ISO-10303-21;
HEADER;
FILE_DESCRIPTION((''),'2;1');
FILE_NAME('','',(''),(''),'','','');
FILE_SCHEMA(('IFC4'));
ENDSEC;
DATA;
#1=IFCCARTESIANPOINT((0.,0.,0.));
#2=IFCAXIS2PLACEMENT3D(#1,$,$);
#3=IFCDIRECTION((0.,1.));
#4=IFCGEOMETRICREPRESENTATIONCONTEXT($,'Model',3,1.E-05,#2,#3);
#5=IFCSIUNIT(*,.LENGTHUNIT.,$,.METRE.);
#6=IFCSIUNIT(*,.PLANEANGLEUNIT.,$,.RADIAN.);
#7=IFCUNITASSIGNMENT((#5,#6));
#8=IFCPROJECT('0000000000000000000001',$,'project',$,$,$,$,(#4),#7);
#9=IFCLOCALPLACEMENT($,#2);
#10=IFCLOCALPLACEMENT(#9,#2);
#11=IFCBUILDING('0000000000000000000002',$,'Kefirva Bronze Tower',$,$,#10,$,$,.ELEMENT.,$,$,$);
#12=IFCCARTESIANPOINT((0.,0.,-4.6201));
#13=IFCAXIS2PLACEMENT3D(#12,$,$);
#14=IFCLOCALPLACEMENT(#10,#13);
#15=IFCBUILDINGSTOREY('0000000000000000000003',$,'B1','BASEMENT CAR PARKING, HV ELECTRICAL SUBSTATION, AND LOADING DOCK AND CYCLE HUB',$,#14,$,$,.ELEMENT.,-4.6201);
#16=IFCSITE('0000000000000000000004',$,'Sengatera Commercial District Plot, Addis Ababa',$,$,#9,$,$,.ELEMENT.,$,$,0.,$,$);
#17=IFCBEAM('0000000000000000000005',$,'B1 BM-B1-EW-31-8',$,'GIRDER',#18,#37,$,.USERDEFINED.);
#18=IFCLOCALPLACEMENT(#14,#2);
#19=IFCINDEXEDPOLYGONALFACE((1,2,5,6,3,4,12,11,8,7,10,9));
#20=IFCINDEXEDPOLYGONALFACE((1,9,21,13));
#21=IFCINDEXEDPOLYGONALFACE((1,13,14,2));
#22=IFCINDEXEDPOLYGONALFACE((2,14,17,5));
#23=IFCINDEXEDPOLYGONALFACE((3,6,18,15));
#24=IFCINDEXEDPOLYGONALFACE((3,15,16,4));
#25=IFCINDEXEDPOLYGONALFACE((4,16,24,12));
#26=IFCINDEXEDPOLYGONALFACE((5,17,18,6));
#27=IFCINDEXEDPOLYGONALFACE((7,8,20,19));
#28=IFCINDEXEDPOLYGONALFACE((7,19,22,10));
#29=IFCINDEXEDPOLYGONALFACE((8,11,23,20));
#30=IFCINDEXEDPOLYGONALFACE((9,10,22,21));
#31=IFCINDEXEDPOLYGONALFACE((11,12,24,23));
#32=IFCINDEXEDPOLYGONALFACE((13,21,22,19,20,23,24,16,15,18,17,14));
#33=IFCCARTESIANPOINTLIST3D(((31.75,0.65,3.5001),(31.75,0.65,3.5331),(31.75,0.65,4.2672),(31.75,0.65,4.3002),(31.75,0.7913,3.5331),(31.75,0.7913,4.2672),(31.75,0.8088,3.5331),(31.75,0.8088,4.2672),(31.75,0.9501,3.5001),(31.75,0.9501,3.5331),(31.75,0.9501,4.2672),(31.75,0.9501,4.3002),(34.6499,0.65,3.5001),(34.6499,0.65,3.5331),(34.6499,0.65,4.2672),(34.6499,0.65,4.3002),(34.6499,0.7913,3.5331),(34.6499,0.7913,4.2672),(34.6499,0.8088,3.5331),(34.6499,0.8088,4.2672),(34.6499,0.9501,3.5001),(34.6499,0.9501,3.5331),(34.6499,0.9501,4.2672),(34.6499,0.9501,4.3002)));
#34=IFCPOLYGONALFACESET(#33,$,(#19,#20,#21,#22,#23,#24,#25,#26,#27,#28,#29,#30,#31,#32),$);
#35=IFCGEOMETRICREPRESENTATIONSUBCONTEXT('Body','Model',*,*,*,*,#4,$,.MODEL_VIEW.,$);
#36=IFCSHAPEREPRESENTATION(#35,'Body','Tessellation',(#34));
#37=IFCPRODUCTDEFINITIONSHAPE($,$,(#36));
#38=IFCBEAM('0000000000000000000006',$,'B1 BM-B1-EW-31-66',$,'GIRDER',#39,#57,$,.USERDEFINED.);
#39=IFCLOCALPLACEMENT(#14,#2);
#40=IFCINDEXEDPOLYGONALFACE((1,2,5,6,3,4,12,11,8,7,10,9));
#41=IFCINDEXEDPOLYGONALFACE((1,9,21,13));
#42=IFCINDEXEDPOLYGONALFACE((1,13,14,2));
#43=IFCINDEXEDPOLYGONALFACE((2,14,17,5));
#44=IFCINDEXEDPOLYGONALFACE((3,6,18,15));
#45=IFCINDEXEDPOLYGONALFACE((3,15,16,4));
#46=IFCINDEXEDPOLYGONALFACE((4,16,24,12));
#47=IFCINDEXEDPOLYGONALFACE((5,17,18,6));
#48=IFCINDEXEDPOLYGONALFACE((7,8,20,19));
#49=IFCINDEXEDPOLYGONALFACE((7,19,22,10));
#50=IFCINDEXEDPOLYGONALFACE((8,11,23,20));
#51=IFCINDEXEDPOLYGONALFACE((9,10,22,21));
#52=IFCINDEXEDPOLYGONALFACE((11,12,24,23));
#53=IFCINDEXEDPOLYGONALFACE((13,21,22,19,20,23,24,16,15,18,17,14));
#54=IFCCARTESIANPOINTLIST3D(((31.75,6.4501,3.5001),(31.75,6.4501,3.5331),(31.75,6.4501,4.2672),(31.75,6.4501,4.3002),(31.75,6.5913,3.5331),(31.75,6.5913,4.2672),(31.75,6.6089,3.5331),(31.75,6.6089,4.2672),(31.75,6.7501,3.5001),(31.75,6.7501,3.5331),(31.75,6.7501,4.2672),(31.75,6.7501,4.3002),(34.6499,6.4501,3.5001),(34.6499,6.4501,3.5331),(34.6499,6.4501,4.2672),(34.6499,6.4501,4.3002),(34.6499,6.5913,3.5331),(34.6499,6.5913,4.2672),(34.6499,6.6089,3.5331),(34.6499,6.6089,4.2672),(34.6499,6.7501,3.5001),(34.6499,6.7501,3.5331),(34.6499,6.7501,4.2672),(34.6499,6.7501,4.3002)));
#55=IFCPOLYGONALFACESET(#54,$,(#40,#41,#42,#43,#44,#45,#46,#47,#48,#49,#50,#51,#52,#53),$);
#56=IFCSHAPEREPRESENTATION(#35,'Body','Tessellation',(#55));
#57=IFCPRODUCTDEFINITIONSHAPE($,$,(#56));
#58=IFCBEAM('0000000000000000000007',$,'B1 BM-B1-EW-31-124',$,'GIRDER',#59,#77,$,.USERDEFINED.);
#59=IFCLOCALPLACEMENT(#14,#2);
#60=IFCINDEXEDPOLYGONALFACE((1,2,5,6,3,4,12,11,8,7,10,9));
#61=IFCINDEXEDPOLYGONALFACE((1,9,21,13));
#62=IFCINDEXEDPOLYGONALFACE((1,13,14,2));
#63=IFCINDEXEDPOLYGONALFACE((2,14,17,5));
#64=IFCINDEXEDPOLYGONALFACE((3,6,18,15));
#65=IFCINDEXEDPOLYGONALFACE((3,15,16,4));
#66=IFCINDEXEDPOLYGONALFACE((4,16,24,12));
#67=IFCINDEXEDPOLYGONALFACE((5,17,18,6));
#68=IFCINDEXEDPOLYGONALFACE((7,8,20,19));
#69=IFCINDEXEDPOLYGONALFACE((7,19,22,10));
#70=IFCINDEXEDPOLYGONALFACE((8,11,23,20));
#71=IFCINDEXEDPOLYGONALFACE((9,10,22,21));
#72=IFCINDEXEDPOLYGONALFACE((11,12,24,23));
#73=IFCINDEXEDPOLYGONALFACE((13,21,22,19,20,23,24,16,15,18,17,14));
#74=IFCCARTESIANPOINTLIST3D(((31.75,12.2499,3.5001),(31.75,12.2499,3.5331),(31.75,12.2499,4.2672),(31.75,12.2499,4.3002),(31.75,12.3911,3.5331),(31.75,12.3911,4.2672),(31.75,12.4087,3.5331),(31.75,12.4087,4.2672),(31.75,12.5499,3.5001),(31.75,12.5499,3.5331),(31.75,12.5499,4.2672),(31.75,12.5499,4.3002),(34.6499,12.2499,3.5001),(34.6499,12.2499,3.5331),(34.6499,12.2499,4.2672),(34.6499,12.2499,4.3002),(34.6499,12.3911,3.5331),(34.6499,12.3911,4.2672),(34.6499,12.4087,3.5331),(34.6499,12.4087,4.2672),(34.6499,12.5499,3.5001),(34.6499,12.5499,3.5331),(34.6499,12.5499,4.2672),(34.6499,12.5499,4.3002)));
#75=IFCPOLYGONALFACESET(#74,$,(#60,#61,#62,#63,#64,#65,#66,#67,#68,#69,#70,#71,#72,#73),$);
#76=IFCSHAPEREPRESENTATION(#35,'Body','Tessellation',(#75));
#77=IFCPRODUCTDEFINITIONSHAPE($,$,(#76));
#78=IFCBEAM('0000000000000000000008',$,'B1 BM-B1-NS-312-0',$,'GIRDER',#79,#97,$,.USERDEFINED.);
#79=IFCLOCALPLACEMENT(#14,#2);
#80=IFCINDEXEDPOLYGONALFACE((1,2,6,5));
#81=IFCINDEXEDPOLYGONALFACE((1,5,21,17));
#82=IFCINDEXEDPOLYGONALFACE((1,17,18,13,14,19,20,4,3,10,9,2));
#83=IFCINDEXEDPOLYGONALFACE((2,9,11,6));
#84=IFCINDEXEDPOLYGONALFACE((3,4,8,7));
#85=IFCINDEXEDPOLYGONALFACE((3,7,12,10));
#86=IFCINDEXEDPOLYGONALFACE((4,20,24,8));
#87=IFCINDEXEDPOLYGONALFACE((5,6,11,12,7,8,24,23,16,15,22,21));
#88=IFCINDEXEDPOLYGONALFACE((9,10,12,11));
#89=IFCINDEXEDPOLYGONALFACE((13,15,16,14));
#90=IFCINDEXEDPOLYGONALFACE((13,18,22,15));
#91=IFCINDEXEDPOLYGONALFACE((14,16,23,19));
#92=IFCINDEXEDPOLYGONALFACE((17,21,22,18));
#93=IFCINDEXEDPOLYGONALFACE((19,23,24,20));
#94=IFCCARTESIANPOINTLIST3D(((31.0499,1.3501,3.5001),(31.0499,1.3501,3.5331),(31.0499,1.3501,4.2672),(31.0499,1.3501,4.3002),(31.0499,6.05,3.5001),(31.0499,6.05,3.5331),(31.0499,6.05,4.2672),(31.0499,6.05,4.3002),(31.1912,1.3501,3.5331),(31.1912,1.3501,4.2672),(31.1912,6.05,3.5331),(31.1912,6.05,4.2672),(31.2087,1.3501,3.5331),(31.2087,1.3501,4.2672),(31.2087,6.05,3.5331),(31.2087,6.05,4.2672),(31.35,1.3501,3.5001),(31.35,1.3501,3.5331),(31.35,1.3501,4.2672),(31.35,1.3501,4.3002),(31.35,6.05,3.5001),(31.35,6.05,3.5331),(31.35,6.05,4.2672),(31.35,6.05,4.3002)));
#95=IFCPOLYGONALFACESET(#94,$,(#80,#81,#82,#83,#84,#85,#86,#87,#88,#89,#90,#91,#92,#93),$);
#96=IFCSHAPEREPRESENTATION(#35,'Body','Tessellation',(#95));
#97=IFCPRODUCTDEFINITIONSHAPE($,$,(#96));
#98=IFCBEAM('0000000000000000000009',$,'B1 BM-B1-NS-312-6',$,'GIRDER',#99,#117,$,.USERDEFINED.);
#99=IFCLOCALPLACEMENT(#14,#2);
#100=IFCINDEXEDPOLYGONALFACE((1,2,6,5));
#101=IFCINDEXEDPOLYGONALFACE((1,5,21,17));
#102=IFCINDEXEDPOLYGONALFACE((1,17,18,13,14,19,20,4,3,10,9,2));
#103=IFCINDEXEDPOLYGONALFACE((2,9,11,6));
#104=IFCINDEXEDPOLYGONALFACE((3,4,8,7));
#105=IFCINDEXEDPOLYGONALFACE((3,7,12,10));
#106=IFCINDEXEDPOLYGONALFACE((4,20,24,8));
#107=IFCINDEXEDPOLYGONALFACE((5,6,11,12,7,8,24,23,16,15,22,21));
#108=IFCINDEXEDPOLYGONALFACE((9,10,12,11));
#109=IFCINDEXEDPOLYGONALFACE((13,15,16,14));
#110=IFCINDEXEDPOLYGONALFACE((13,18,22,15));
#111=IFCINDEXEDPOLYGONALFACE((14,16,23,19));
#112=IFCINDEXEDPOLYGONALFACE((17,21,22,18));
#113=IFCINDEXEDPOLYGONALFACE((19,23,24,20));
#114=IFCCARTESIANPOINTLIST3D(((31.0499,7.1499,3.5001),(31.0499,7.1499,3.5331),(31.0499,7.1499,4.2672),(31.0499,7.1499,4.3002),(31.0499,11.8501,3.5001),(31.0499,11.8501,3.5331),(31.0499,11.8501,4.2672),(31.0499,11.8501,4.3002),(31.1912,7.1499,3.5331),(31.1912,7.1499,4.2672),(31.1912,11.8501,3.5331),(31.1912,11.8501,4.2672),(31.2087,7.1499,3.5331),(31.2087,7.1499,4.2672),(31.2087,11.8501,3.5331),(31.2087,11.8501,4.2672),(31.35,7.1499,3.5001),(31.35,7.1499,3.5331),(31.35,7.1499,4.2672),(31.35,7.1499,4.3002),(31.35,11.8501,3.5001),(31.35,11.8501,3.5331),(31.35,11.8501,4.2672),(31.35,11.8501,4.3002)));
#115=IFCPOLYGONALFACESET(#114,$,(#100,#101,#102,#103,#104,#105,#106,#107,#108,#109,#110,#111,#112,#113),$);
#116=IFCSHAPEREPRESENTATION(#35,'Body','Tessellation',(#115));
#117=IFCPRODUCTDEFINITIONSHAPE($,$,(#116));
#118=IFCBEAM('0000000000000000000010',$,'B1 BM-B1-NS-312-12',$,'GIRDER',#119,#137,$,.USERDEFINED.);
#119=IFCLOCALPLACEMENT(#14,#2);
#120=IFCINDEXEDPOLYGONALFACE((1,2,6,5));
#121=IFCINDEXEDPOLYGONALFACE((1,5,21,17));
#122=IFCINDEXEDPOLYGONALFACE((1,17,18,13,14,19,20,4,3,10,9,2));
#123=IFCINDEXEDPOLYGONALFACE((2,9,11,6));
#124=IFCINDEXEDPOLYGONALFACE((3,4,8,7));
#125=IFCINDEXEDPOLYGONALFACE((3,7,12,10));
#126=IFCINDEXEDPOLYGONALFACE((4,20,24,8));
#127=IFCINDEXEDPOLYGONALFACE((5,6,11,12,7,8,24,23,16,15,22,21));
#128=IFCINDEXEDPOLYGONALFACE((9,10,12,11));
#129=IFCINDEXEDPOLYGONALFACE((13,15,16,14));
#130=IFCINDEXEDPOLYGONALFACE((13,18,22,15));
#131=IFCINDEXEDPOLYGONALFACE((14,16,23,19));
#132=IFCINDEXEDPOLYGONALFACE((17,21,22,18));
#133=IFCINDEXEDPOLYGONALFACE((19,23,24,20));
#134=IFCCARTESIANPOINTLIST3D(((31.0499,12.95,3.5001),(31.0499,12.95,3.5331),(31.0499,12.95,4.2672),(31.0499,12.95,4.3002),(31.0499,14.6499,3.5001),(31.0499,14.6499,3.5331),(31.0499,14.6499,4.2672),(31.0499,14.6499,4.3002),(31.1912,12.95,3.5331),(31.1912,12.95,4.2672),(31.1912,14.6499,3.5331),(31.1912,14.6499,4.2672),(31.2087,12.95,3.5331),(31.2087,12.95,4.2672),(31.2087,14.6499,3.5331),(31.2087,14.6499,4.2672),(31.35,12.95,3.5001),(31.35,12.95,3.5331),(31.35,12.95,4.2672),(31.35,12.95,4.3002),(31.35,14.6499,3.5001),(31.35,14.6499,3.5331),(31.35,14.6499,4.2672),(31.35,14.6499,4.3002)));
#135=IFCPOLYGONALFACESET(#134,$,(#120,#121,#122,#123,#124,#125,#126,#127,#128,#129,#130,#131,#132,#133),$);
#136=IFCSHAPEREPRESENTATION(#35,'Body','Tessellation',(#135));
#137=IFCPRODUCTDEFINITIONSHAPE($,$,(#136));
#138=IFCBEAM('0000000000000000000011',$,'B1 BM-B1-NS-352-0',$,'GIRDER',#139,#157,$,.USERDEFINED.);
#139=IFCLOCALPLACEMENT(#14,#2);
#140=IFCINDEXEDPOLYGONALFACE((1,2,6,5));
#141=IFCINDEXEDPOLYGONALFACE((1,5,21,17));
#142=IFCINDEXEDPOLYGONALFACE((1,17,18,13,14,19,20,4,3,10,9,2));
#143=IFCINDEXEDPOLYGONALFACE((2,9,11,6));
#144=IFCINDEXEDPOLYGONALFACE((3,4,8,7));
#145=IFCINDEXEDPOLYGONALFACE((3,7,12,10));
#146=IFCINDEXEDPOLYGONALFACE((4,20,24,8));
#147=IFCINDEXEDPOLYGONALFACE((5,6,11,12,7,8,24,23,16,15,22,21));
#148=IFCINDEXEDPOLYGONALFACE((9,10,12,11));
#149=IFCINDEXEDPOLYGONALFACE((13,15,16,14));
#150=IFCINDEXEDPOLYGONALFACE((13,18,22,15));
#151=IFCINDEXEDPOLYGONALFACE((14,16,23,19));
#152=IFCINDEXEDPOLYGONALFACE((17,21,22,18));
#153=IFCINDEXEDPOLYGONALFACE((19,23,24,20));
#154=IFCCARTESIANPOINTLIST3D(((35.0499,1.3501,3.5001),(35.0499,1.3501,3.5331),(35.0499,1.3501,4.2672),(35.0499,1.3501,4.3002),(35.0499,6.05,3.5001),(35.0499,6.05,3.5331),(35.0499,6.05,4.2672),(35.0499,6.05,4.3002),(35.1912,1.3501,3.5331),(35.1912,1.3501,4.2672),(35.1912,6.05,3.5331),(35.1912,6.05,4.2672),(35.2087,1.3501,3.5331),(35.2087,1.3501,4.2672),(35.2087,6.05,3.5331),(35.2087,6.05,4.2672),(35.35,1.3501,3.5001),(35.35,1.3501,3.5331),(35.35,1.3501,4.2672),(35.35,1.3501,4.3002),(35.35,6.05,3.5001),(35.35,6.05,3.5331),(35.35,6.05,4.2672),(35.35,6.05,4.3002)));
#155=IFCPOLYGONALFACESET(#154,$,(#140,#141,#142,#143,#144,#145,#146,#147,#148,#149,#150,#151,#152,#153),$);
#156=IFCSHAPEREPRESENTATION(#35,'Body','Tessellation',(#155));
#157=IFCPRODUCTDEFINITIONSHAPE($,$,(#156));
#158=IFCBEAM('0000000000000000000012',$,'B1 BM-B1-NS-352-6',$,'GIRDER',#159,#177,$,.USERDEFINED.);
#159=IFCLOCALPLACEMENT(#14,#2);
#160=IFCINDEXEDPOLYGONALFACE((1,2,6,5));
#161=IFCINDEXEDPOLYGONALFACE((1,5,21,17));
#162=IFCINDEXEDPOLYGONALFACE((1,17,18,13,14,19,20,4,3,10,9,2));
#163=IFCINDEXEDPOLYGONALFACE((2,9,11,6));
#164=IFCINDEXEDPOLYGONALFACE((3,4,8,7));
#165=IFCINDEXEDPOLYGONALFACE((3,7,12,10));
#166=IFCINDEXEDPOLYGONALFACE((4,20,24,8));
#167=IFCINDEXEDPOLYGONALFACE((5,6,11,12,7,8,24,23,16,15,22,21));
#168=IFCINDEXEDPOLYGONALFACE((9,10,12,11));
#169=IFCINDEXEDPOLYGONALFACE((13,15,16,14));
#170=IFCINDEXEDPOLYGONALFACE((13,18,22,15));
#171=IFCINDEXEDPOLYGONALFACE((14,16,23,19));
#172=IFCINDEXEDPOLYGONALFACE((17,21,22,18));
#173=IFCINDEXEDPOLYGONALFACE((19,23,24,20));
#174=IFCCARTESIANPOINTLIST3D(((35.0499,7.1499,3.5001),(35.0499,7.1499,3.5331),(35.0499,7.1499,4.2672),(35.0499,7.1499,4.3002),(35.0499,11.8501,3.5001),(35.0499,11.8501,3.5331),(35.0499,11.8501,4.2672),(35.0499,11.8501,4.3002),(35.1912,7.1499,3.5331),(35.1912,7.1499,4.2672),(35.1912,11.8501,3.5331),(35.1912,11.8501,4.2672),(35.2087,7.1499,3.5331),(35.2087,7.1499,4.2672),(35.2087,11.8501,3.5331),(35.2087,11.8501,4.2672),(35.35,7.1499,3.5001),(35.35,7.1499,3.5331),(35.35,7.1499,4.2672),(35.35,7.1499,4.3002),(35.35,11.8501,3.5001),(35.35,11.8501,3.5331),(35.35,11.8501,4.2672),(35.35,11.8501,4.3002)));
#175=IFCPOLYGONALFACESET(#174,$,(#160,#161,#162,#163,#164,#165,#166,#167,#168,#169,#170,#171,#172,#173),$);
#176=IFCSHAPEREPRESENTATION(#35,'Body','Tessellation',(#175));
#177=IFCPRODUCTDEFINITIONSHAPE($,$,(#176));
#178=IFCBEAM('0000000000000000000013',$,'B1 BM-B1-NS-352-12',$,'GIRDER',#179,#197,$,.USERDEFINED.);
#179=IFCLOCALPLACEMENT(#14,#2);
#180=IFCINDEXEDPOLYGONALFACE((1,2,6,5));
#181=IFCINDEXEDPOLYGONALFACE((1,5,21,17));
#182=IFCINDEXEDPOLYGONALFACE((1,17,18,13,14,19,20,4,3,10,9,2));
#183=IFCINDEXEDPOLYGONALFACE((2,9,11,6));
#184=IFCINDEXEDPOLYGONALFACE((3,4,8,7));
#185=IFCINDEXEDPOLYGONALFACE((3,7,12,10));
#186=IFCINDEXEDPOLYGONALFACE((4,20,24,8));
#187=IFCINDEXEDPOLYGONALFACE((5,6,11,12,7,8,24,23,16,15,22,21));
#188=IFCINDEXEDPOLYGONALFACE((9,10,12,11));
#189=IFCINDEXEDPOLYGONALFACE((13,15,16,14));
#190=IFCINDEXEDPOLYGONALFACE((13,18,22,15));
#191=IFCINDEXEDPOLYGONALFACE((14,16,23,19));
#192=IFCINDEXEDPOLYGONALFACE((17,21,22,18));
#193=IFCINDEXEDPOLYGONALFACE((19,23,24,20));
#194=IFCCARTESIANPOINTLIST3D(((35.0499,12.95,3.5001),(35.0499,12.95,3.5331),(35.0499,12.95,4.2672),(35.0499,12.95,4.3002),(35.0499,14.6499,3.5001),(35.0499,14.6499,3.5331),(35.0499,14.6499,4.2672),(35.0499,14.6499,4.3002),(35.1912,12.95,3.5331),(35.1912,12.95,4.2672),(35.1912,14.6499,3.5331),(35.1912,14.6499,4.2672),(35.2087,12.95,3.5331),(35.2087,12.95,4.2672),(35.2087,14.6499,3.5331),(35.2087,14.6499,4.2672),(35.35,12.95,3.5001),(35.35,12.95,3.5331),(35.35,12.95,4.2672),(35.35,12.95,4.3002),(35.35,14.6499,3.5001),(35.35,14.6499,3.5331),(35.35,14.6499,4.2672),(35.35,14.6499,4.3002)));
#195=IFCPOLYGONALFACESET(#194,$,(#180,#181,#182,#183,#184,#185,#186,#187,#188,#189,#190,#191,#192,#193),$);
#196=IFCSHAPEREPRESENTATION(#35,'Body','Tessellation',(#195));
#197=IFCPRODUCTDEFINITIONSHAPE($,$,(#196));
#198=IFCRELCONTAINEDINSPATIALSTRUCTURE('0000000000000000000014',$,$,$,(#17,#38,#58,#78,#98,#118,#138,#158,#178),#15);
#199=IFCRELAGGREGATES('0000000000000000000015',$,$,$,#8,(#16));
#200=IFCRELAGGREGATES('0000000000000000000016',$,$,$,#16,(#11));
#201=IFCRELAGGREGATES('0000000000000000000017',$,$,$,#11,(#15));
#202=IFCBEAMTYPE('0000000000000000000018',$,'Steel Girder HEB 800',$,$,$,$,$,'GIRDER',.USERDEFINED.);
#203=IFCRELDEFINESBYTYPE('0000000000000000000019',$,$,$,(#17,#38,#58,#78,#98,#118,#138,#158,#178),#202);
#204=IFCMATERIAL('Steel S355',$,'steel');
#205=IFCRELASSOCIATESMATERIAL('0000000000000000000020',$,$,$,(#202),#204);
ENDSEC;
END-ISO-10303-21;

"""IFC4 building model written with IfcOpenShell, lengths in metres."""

from ifc_helpers import new_model, si_unit, direction, frame, origin, origin_2d, place, context, subcontext, project, spatial, i_section, extrude, material, material_profile, profile_set, type_object, element, save


model = new_model("IFC4")

# Units and contexts
model_context = context("Model", 3, precision=1e-05, world=origin(), true_north=direction((0.0, 1.0)))
body_context = subcontext(model_context, "Body", "Model", "MODEL_VIEW")
ifc_project = project(units=[si_unit("LENGTHUNIT", "METRE"), si_unit("PLANEANGLEUNIT", "RADIAN")], contexts=[model_context])

# Site, building, storey
site_placement = place(None, origin())
site = spatial("IfcSite", under=ifc_project, at=site_placement, Name="Sengatera Commercial District Plot, Addis Ababa", CompositionType="ELEMENT", RefElevation=0.0)
building_placement = place(site_placement, origin())
building = spatial("IfcBuilding", under=site, at=building_placement, Name="Kefirva Bronze Tower", CompositionType="ELEMENT")
storey_placement = place(building_placement, frame((0.0, 0.0, -4.6201)))
storey = spatial("IfcBuildingStorey", under=building, at=storey_placement, Name="B1", Description="BASEMENT CAR PARKING, HV ELECTRICAL SUBSTATION, AND LOADING DOCK AND CYCLE HUB", CompositionType="ELEMENT", Elevation=-4.6201)

# Beams
ifc_material_1 = material(Name="Steel S355", Category="steel")
ifc_material_profile_1 = material_profile(ifc_material_1, i_section(OverallWidth=0.3, OverallDepth=0.8, WebThickness=0.0176, FlangeThickness=0.033, at=origin_2d()), Name="HEB 800")
ifc_profile_set_1 = profile_set([ifc_material_profile_1], Name="Steel S355")
beam_type_1 = type_object("IfcBeamType", Name="Steel Girder HEB 800", ElementType="GIRDER", PredefinedType="USERDEFINED", material=ifc_profile_set_1)
for number, where, z_axis, x_axis, name in (
    (1, (31.75, 0.8, 3.9001), (1.0, 0.0, 0.0), (0.0, 1.0, 0.0), "B1 BM-B1-EW-31-8"),
    (2, (31.75, 6.6001, 3.9001), (1.0, 0.0, 0.0), (0.0, 1.0, 0.0), "B1 BM-B1-EW-31-66"),
    (3, (31.75, 12.3999, 3.9001), (1.0, 0.0, 0.0), (0.0, 1.0, 0.0), "B1 BM-B1-EW-31-124"),
):
    element("IfcBeam", number, at=place(storey_placement, frame(where, z_axis=z_axis, x_axis=x_axis)), inside=storey, type_object=beam_type_1, Name=name, ObjectType="GIRDER", PredefinedType="USERDEFINED", context=body_context, shape_type="SweptSolid", body=[
        extrude(i_section(OverallWidth=0.3, OverallDepth=0.8, WebThickness=0.0176, FlangeThickness=0.033, at=origin_2d()), origin(), (0.0, 0.0, 1.0), 2.8999),
    ])
beam_1_placement = place(storey_placement, frame((31.2, 1.3501, 3.9001), z_axis=(0.0, 1.0, 0.0), x_axis=(-1.0, 0.0, 0.0)))
element("IfcBeam", 4, at=beam_1_placement, inside=storey, type_object=beam_type_1, Name="B1 BM-B1-NS-312-0", ObjectType="GIRDER", PredefinedType="USERDEFINED", context=body_context, shape_type="SweptSolid", body=[
    extrude(i_section(OverallWidth=0.3, OverallDepth=0.8, WebThickness=0.0176, FlangeThickness=0.033, at=origin_2d()), origin(), (0.0, 0.0, 1.0), 4.7),
])
beam_2_placement = place(storey_placement, frame((31.2, 7.1499, 3.9001), z_axis=(0.0, 1.0, 0.0), x_axis=(-1.0, 0.0, 0.0)))
element("IfcBeam", 5, at=beam_2_placement, inside=storey, type_object=beam_type_1, Name="B1 BM-B1-NS-312-6", ObjectType="GIRDER", PredefinedType="USERDEFINED", context=body_context, shape_type="SweptSolid", body=[
    extrude(i_section(OverallWidth=0.3, OverallDepth=0.8, WebThickness=0.0176, FlangeThickness=0.033, at=origin_2d()), origin(), (0.0, 0.0, 1.0), 4.7002),
])
beam_3_placement = place(storey_placement, frame((31.2, 12.95, 3.9001), z_axis=(0.0, 1.0, 0.0), x_axis=(-1.0, 0.0, 0.0)))
element("IfcBeam", 6, at=beam_3_placement, inside=storey, type_object=beam_type_1, Name="B1 BM-B1-NS-312-12", ObjectType="GIRDER", PredefinedType="USERDEFINED", context=body_context, shape_type="SweptSolid", body=[
    extrude(i_section(OverallWidth=0.3, OverallDepth=0.8, WebThickness=0.0176, FlangeThickness=0.033, at=origin_2d()), origin(), (0.0, 0.0, 1.0), 1.7),
])
beam_4_placement = place(storey_placement, frame((35.2, 1.3501, 3.9001), z_axis=(0.0, 1.0, 0.0), x_axis=(-1.0, 0.0, 0.0)))
element("IfcBeam", 7, at=beam_4_placement, inside=storey, type_object=beam_type_1, Name="B1 BM-B1-NS-352-0", ObjectType="GIRDER", PredefinedType="USERDEFINED", context=body_context, shape_type="SweptSolid", body=[
    extrude(i_section(OverallWidth=0.3, OverallDepth=0.8, WebThickness=0.0176, FlangeThickness=0.033, at=origin_2d()), origin(), (0.0, 0.0, 1.0), 4.7),
])
beam_5_placement = place(storey_placement, frame((35.2, 7.1499, 3.9001), z_axis=(0.0, 1.0, 0.0), x_axis=(-1.0, 0.0, 0.0)))
element("IfcBeam", 8, at=beam_5_placement, inside=storey, type_object=beam_type_1, Name="B1 BM-B1-NS-352-6", ObjectType="GIRDER", PredefinedType="USERDEFINED", context=body_context, shape_type="SweptSolid", body=[
    extrude(i_section(OverallWidth=0.3, OverallDepth=0.8, WebThickness=0.0176, FlangeThickness=0.033, at=origin_2d()), origin(), (0.0, 0.0, 1.0), 4.7002),
])
beam_6_placement = place(storey_placement, frame((35.2, 12.95, 3.9001), z_axis=(0.0, 1.0, 0.0), x_axis=(-1.0, 0.0, 0.0)))
element("IfcBeam", 9, at=beam_6_placement, inside=storey, type_object=beam_type_1, Name="B1 BM-B1-NS-352-12", ObjectType="GIRDER", PredefinedType="USERDEFINED", context=body_context, shape_type="SweptSolid", body=[
    extrude(i_section(OverallWidth=0.3, OverallDepth=0.8, WebThickness=0.0176, FlangeThickness=0.033, at=origin_2d()), origin(), (0.0, 0.0, 1.0), 1.7),
])

save(model, "model.ifc")
